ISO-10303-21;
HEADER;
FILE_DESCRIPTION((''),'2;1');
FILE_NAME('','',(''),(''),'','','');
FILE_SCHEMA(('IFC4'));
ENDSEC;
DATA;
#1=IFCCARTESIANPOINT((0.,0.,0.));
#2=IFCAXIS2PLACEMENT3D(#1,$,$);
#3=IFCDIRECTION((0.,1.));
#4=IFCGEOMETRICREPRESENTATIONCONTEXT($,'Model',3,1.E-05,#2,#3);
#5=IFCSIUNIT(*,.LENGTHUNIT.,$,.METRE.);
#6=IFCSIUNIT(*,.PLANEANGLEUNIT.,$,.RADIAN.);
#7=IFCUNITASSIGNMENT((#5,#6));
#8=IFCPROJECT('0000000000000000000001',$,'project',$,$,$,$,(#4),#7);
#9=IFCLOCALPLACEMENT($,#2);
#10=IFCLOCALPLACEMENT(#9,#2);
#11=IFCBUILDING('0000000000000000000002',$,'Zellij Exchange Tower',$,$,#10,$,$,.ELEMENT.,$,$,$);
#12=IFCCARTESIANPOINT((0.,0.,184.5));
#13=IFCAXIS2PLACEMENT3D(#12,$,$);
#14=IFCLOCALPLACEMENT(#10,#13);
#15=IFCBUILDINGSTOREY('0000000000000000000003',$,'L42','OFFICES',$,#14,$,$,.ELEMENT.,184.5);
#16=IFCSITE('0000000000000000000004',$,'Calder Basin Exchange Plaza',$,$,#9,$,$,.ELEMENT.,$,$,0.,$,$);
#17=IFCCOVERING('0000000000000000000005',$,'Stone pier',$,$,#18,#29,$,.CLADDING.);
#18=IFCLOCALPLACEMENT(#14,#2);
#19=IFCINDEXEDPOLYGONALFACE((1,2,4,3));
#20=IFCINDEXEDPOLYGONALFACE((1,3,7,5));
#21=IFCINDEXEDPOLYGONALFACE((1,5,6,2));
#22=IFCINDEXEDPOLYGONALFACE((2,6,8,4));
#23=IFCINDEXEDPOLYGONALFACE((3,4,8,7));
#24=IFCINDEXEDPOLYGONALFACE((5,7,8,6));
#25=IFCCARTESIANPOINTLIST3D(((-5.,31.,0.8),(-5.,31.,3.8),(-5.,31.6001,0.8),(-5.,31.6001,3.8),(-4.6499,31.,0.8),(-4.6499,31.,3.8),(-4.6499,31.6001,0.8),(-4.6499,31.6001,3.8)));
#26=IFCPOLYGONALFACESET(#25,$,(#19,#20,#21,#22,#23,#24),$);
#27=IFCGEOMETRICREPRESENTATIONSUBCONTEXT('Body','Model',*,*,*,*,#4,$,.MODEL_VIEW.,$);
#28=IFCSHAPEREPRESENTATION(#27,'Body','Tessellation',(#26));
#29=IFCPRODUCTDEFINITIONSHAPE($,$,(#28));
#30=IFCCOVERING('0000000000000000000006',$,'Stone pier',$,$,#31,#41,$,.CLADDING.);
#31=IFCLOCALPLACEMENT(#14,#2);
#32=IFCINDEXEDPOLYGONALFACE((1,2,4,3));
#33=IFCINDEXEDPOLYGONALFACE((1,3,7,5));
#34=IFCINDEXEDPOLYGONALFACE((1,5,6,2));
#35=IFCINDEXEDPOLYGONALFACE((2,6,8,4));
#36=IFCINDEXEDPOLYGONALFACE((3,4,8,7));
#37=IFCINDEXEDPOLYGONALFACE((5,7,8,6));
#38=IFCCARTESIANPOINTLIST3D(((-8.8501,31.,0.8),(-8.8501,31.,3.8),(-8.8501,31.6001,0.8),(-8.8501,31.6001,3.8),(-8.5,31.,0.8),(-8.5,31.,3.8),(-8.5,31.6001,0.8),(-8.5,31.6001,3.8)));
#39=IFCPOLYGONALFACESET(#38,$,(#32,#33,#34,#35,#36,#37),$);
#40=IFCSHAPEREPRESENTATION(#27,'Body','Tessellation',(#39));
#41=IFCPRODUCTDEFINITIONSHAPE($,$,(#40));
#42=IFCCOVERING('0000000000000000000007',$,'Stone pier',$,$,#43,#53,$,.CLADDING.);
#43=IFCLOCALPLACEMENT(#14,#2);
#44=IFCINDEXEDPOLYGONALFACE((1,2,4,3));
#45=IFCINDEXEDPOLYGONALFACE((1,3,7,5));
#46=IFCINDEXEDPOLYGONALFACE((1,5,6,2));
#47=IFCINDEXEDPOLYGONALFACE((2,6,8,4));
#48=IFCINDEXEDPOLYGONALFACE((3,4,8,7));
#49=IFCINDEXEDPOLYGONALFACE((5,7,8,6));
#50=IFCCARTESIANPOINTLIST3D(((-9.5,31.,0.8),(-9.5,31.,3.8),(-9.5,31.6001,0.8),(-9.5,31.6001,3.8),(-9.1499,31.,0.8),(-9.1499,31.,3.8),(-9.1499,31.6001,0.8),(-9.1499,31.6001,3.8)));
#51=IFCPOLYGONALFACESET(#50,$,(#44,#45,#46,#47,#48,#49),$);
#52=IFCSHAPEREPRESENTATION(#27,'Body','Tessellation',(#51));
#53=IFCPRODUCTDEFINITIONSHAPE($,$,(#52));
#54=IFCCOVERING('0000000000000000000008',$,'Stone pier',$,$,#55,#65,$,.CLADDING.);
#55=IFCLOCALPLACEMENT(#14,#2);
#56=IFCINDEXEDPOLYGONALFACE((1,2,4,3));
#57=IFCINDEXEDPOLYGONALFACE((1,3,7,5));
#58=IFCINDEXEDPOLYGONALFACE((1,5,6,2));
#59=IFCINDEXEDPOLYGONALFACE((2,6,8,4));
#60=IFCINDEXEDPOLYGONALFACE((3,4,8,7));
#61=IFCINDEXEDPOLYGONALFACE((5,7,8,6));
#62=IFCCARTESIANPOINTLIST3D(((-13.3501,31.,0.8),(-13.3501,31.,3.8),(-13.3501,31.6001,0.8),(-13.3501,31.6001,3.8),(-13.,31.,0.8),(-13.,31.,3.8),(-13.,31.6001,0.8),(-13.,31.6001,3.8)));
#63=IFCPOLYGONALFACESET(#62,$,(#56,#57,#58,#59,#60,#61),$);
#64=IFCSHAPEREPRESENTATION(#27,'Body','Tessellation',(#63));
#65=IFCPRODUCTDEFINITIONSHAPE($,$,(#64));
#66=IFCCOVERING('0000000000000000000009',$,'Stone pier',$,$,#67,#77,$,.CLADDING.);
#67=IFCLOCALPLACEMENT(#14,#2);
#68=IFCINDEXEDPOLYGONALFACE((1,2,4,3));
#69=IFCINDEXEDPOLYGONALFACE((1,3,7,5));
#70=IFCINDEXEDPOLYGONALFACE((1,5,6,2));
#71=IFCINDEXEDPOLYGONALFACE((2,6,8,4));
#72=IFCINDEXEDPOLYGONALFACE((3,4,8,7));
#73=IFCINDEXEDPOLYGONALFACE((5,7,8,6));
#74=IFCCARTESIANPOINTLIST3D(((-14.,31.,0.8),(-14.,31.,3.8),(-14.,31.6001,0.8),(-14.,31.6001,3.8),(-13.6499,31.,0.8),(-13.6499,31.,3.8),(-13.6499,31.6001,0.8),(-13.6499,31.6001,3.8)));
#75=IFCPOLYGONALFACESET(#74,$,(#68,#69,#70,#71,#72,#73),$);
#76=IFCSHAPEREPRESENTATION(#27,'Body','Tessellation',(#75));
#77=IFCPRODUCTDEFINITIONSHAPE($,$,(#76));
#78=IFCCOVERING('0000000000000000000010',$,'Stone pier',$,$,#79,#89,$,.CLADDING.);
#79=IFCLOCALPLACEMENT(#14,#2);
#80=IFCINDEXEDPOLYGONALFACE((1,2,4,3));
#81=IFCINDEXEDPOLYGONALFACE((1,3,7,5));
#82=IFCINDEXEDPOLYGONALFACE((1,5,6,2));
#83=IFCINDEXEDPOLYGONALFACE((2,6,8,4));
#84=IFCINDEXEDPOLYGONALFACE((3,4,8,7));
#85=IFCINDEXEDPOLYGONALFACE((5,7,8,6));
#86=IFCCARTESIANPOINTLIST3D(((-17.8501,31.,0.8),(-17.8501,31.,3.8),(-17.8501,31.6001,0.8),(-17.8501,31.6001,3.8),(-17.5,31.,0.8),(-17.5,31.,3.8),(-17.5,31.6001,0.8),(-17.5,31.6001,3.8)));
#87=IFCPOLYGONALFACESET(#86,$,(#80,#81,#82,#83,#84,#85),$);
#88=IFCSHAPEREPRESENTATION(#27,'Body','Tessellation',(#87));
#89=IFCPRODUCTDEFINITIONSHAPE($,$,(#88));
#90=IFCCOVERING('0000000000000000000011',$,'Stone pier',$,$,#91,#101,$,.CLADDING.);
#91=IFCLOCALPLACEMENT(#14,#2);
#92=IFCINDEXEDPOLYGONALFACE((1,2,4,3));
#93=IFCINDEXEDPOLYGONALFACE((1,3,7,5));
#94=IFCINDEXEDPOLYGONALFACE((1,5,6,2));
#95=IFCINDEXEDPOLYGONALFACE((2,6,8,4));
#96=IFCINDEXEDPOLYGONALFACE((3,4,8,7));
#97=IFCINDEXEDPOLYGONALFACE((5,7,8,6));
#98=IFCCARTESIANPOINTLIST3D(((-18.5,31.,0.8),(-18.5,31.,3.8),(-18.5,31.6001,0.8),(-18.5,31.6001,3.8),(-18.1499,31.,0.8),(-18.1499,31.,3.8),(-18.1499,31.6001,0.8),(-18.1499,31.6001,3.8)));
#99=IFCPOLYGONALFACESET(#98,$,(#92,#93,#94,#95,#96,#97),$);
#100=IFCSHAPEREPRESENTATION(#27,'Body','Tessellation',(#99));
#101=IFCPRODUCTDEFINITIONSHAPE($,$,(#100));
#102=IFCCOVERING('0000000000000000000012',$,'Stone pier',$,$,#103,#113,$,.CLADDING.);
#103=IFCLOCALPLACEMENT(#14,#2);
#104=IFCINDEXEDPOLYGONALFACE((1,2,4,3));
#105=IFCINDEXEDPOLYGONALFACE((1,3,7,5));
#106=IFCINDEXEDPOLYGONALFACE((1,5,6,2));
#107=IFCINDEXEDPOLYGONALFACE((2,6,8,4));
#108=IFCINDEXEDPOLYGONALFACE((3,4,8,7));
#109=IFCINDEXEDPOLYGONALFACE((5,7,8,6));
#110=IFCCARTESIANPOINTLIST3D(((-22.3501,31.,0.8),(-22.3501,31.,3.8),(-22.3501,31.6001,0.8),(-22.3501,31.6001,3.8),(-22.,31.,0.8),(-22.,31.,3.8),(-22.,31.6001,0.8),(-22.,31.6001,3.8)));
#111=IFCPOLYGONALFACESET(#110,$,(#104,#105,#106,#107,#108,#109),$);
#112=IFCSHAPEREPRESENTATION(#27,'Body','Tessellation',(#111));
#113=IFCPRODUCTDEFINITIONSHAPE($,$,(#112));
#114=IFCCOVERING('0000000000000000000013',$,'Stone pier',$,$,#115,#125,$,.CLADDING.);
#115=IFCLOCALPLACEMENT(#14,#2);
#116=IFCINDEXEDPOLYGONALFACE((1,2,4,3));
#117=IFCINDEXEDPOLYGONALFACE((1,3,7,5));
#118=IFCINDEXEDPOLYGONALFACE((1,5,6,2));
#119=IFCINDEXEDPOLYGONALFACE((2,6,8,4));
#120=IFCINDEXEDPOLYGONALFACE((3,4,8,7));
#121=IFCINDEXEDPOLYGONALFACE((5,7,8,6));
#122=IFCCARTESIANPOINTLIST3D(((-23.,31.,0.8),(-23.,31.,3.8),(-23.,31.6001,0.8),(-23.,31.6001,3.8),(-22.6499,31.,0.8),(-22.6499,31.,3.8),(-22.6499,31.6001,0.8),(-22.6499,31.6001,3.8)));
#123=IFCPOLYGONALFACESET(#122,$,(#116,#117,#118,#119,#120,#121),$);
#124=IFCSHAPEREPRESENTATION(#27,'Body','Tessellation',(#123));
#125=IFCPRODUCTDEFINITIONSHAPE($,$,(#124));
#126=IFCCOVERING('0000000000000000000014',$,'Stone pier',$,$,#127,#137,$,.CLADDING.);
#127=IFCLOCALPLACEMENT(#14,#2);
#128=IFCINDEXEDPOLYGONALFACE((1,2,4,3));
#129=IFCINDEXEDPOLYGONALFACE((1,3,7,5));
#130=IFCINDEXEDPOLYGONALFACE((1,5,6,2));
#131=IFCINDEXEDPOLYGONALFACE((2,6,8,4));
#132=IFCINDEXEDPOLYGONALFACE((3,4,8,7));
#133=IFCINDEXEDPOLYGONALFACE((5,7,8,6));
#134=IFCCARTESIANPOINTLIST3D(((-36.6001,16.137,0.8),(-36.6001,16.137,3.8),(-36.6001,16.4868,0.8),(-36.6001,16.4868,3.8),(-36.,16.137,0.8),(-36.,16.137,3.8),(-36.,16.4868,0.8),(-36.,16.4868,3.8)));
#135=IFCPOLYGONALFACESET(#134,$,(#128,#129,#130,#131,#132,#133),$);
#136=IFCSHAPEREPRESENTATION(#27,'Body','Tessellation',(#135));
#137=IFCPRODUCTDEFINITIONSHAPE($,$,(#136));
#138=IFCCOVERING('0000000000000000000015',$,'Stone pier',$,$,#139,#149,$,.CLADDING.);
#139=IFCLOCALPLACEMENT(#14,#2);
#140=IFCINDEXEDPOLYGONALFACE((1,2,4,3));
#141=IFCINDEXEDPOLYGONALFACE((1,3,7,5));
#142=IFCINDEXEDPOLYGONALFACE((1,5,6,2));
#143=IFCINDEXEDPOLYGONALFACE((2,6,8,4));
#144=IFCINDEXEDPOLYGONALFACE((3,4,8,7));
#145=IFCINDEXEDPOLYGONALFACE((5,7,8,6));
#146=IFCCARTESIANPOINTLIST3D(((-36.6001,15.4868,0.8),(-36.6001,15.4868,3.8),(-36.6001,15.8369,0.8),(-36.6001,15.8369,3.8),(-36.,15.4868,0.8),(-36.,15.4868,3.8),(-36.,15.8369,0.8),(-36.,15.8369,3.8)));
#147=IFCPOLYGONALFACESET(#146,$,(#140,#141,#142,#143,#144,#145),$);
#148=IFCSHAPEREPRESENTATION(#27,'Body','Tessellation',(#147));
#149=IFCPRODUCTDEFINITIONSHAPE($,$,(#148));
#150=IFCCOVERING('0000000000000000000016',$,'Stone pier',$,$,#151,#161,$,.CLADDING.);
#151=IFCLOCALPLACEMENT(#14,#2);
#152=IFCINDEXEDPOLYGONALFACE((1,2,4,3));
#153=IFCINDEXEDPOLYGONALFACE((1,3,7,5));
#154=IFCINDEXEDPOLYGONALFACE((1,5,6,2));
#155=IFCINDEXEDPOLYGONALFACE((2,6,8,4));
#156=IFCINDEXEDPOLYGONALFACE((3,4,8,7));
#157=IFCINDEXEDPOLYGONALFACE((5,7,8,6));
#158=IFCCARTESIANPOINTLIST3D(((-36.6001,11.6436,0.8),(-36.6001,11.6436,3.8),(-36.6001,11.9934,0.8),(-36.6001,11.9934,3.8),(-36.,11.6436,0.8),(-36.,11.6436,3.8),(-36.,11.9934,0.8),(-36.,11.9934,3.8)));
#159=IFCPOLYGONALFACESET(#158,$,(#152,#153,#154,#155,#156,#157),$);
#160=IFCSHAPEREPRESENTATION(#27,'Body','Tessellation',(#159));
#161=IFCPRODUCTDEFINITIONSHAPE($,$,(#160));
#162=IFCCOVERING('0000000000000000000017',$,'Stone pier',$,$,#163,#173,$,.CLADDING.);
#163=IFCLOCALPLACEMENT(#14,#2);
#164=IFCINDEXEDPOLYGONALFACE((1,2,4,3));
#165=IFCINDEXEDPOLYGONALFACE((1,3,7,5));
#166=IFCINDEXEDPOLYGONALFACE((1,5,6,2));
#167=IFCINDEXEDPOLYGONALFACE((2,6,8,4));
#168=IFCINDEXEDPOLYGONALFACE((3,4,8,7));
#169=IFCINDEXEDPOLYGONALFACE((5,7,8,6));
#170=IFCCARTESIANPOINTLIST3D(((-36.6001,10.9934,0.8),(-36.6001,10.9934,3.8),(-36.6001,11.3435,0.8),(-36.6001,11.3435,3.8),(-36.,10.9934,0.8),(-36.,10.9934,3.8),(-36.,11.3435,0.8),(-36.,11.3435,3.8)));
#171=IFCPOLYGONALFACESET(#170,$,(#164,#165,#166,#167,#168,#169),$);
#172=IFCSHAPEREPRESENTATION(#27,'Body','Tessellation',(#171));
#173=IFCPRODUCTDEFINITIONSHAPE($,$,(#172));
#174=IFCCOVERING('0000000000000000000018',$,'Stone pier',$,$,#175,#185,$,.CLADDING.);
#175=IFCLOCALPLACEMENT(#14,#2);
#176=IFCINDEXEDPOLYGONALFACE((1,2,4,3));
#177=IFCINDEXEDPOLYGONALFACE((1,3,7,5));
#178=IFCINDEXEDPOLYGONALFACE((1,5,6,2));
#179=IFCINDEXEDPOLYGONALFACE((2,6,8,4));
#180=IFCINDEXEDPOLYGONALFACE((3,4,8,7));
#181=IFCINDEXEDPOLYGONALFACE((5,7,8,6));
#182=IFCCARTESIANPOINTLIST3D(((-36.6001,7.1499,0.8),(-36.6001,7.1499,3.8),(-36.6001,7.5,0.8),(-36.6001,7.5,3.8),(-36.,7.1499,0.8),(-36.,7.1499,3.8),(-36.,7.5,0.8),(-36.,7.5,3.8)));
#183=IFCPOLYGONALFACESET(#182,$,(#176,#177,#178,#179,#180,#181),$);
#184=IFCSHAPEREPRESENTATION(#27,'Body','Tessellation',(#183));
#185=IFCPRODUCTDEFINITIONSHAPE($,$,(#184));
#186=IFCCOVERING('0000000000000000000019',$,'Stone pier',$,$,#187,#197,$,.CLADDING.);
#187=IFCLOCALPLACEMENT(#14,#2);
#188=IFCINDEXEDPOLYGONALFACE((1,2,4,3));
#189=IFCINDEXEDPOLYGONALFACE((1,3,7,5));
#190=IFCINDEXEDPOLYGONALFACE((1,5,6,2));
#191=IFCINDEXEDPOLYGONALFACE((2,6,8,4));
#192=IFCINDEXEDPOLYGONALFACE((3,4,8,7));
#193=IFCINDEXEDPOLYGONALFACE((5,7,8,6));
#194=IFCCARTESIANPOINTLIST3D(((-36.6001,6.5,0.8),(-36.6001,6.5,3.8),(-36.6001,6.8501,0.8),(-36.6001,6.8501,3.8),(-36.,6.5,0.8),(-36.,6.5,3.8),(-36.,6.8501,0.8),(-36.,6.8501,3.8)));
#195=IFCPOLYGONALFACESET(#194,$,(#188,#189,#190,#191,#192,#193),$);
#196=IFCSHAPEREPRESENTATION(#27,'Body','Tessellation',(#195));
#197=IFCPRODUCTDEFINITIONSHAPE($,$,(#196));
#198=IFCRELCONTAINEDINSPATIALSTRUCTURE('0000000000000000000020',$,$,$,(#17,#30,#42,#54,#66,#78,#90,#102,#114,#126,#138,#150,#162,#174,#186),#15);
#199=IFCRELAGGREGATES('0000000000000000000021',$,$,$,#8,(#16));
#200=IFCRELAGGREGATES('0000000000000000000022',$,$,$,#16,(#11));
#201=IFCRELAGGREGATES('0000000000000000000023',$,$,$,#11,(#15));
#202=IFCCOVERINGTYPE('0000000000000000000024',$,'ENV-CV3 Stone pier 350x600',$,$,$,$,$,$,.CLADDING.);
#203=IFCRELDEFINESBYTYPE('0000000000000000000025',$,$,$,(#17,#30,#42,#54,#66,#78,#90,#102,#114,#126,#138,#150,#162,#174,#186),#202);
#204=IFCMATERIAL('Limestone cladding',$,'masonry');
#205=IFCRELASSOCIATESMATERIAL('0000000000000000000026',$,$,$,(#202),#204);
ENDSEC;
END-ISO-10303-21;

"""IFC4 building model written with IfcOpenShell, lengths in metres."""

from ifc_helpers import new_model, si_unit, direction, frame, origin, place, context, subcontext, project, spatial, polyline, outline, extrude, material, type_object, element, save


model = new_model("IFC4")

# Units and contexts
model_context = context("Model", 3, precision=1e-05, world=origin(), true_north=direction((0.0, 1.0)))
body_context = subcontext(model_context, "Body", "Model", "MODEL_VIEW")
ifc_project = project(units=[si_unit("LENGTHUNIT", "METRE"), si_unit("PLANEANGLEUNIT", "RADIAN")], contexts=[model_context])

# Site, building, storey
site_placement = place(None, origin())
site = spatial("IfcSite", under=ifc_project, at=site_placement, Name="Calder Basin Exchange Plaza", CompositionType="ELEMENT", RefElevation=0.0)
building_placement = place(site_placement, origin())
building = spatial("IfcBuilding", under=site, at=building_placement, Name="Zellij Exchange Tower", CompositionType="ELEMENT")
storey_placement = place(building_placement, frame((0.0, 0.0, 184.5)))
storey = spatial("IfcBuildingStorey", under=building, at=storey_placement, Name="L42", Description="OFFICES", CompositionType="ELEMENT", Elevation=184.5)

# Coverings
ifc_material = material(Name="Limestone cladding", Category="masonry")
covering_type_1 = type_object("IfcCoveringType", Name="ENV-CV3 Stone pier 350x600", PredefinedType="CLADDING", material=ifc_material)
covering_1_placement = place(storey_placement, frame((0.0, 0.0, 0.8)))
element("IfcCovering", 1, at=covering_1_placement, inside=storey, type_object=covering_type_1, Name="Stone pier", PredefinedType="CLADDING", context=body_context, shape_type="SweptSolid", body=[
    extrude(outline(polyline([(-4.6499, 31.0), (-5.0, 31.0), (-5.0, 31.6001), (-4.6499, 31.6001), (-4.6499, 31.0)])), origin(), (0.0, 0.0, 1.0), 3.0),
])
covering_2_placement = place(storey_placement, frame((0.0, 0.0, 0.8)))
element("IfcCovering", 2, at=covering_2_placement, inside=storey, type_object=covering_type_1, Name="Stone pier", PredefinedType="CLADDING", context=body_context, shape_type="SweptSolid", body=[
    extrude(outline(polyline([(-8.5, 31.0), (-8.8501, 31.0), (-8.8501, 31.6001), (-8.5, 31.6001), (-8.5, 31.0)])), origin(), (0.0, 0.0, 1.0), 3.0),
])
covering_3_placement = place(storey_placement, frame((0.0, 0.0, 0.8)))
element("IfcCovering", 3, at=covering_3_placement, inside=storey, type_object=covering_type_1, Name="Stone pier", PredefinedType="CLADDING", context=body_context, shape_type="SweptSolid", body=[
    extrude(outline(polyline([(-9.1499, 31.0), (-9.5, 31.0), (-9.5, 31.6001), (-9.1499, 31.6001), (-9.1499, 31.0)])), origin(), (0.0, 0.0, 1.0), 3.0),
])
covering_4_placement = place(storey_placement, frame((0.0, 0.0, 0.8)))
element("IfcCovering", 4, at=covering_4_placement, inside=storey, type_object=covering_type_1, Name="Stone pier", PredefinedType="CLADDING", context=body_context, shape_type="SweptSolid", body=[
    extrude(outline(polyline([(-13.0, 31.0), (-13.3501, 31.0), (-13.3501, 31.6001), (-13.0, 31.6001), (-13.0, 31.0)])), origin(), (0.0, 0.0, 1.0), 3.0),
])
covering_5_placement = place(storey_placement, frame((0.0, 0.0, 0.8)))
element("IfcCovering", 5, at=covering_5_placement, inside=storey, type_object=covering_type_1, Name="Stone pier", PredefinedType="CLADDING", context=body_context, shape_type="SweptSolid", body=[
    extrude(outline(polyline([(-13.6499, 31.0), (-14.0, 31.0), (-14.0, 31.6001), (-13.6499, 31.6001), (-13.6499, 31.0)])), origin(), (0.0, 0.0, 1.0), 3.0),
])
covering_6_placement = place(storey_placement, frame((0.0, 0.0, 0.8)))
element("IfcCovering", 6, at=covering_6_placement, inside=storey, type_object=covering_type_1, Name="Stone pier", PredefinedType="CLADDING", context=body_context, shape_type="SweptSolid", body=[
    extrude(outline(polyline([(-17.5, 31.0), (-17.8501, 31.0), (-17.8501, 31.6001), (-17.5, 31.6001), (-17.5, 31.0)])), origin(), (0.0, 0.0, 1.0), 3.0),
])
covering_7_placement = place(storey_placement, frame((0.0, 0.0, 0.8)))
element("IfcCovering", 7, at=covering_7_placement, inside=storey, type_object=covering_type_1, Name="Stone pier", PredefinedType="CLADDING", context=body_context, shape_type="SweptSolid", body=[
    extrude(outline(polyline([(-18.1499, 31.0), (-18.5, 31.0), (-18.5, 31.6001), (-18.1499, 31.6001), (-18.1499, 31.0)])), origin(), (0.0, 0.0, 1.0), 3.0),
])
covering_8_placement = place(storey_placement, frame((0.0, 0.0, 0.8)))
element("IfcCovering", 8, at=covering_8_placement, inside=storey, type_object=covering_type_1, Name="Stone pier", PredefinedType="CLADDING", context=body_context, shape_type="SweptSolid", body=[
    extrude(outline(polyline([(-22.0, 31.0), (-22.3501, 31.0), (-22.3501, 31.6001), (-22.0, 31.6001), (-22.0, 31.0)])), origin(), (0.0, 0.0, 1.0), 3.0),
])
covering_9_placement = place(storey_placement, frame((0.0, 0.0, 0.8)))
element("IfcCovering", 9, at=covering_9_placement, inside=storey, type_object=covering_type_1, Name="Stone pier", PredefinedType="CLADDING", context=body_context, shape_type="SweptSolid", body=[
    extrude(outline(polyline([(-22.6499, 31.0), (-23.0, 31.0), (-23.0, 31.6001), (-22.6499, 31.6001), (-22.6499, 31.0)])), origin(), (0.0, 0.0, 1.0), 3.0),
])
covering_10_placement = place(storey_placement, frame((0.0, 0.0, 0.8)))
element("IfcCovering", 10, at=covering_10_placement, inside=storey, type_object=covering_type_1, Name="Stone pier", PredefinedType="CLADDING", context=body_context, shape_type="SweptSolid", body=[
    extrude(outline(polyline([(-36.0, 16.4868), (-36.0, 16.137), (-36.6001, 16.137), (-36.6001, 16.4868), (-36.0, 16.4868)])), origin(), (0.0, 0.0, 1.0), 3.0),
])
covering_11_placement = place(storey_placement, frame((0.0, 0.0, 0.8)))
element("IfcCovering", 11, at=covering_11_placement, inside=storey, type_object=covering_type_1, Name="Stone pier", PredefinedType="CLADDING", context=body_context, shape_type="SweptSolid", body=[
    extrude(outline(polyline([(-36.0, 15.8369), (-36.0, 15.4868), (-36.6001, 15.4868), (-36.6001, 15.8369), (-36.0, 15.8369)])), origin(), (0.0, 0.0, 1.0), 3.0),
])
covering_12_placement = place(storey_placement, frame((0.0, 0.0, 0.8)))
element("IfcCovering", 12, at=covering_12_placement, inside=storey, type_object=covering_type_1, Name="Stone pier", PredefinedType="CLADDING", context=body_context, shape_type="SweptSolid", body=[
    extrude(outline(polyline([(-36.0, 11.9934), (-36.0, 11.6436), (-36.6001, 11.6436), (-36.6001, 11.9934), (-36.0, 11.9934)])), origin(), (0.0, 0.0, 1.0), 3.0),
])
covering_13_placement = place(storey_placement, frame((0.0, 0.0, 0.8)))
element("IfcCovering", 13, at=covering_13_placement, inside=storey, type_object=covering_type_1, Name="Stone pier", PredefinedType="CLADDING", context=body_context, shape_type="SweptSolid", body=[
    extrude(outline(polyline([(-36.0, 11.3435), (-36.0, 10.9934), (-36.6001, 10.9934), (-36.6001, 11.3435), (-36.0, 11.3435)])), origin(), (0.0, 0.0, 1.0), 3.0),
])
covering_14_placement = place(storey_placement, frame((0.0, 0.0, 0.8)))
element("IfcCovering", 14, at=covering_14_placement, inside=storey, type_object=covering_type_1, Name="Stone pier", PredefinedType="CLADDING", context=body_context, shape_type="SweptSolid", body=[
    extrude(outline(polyline([(-36.0, 7.5), (-36.0, 7.1499), (-36.6001, 7.1499), (-36.6001, 7.5), (-36.0, 7.5)])), origin(), (0.0, 0.0, 1.0), 3.0),
])
covering_15_placement = place(storey_placement, frame((0.0, 0.0, 0.8)))
element("IfcCovering", 15, at=covering_15_placement, inside=storey, type_object=covering_type_1, Name="Stone pier", PredefinedType="CLADDING", context=body_context, shape_type="SweptSolid", body=[
    extrude(outline(polyline([(-36.0, 6.8501), (-36.0, 6.5), (-36.6001, 6.5), (-36.6001, 6.8501), (-36.0, 6.8501)])), origin(), (0.0, 0.0, 1.0), 3.0),
])

save(model, "model.ifc")
